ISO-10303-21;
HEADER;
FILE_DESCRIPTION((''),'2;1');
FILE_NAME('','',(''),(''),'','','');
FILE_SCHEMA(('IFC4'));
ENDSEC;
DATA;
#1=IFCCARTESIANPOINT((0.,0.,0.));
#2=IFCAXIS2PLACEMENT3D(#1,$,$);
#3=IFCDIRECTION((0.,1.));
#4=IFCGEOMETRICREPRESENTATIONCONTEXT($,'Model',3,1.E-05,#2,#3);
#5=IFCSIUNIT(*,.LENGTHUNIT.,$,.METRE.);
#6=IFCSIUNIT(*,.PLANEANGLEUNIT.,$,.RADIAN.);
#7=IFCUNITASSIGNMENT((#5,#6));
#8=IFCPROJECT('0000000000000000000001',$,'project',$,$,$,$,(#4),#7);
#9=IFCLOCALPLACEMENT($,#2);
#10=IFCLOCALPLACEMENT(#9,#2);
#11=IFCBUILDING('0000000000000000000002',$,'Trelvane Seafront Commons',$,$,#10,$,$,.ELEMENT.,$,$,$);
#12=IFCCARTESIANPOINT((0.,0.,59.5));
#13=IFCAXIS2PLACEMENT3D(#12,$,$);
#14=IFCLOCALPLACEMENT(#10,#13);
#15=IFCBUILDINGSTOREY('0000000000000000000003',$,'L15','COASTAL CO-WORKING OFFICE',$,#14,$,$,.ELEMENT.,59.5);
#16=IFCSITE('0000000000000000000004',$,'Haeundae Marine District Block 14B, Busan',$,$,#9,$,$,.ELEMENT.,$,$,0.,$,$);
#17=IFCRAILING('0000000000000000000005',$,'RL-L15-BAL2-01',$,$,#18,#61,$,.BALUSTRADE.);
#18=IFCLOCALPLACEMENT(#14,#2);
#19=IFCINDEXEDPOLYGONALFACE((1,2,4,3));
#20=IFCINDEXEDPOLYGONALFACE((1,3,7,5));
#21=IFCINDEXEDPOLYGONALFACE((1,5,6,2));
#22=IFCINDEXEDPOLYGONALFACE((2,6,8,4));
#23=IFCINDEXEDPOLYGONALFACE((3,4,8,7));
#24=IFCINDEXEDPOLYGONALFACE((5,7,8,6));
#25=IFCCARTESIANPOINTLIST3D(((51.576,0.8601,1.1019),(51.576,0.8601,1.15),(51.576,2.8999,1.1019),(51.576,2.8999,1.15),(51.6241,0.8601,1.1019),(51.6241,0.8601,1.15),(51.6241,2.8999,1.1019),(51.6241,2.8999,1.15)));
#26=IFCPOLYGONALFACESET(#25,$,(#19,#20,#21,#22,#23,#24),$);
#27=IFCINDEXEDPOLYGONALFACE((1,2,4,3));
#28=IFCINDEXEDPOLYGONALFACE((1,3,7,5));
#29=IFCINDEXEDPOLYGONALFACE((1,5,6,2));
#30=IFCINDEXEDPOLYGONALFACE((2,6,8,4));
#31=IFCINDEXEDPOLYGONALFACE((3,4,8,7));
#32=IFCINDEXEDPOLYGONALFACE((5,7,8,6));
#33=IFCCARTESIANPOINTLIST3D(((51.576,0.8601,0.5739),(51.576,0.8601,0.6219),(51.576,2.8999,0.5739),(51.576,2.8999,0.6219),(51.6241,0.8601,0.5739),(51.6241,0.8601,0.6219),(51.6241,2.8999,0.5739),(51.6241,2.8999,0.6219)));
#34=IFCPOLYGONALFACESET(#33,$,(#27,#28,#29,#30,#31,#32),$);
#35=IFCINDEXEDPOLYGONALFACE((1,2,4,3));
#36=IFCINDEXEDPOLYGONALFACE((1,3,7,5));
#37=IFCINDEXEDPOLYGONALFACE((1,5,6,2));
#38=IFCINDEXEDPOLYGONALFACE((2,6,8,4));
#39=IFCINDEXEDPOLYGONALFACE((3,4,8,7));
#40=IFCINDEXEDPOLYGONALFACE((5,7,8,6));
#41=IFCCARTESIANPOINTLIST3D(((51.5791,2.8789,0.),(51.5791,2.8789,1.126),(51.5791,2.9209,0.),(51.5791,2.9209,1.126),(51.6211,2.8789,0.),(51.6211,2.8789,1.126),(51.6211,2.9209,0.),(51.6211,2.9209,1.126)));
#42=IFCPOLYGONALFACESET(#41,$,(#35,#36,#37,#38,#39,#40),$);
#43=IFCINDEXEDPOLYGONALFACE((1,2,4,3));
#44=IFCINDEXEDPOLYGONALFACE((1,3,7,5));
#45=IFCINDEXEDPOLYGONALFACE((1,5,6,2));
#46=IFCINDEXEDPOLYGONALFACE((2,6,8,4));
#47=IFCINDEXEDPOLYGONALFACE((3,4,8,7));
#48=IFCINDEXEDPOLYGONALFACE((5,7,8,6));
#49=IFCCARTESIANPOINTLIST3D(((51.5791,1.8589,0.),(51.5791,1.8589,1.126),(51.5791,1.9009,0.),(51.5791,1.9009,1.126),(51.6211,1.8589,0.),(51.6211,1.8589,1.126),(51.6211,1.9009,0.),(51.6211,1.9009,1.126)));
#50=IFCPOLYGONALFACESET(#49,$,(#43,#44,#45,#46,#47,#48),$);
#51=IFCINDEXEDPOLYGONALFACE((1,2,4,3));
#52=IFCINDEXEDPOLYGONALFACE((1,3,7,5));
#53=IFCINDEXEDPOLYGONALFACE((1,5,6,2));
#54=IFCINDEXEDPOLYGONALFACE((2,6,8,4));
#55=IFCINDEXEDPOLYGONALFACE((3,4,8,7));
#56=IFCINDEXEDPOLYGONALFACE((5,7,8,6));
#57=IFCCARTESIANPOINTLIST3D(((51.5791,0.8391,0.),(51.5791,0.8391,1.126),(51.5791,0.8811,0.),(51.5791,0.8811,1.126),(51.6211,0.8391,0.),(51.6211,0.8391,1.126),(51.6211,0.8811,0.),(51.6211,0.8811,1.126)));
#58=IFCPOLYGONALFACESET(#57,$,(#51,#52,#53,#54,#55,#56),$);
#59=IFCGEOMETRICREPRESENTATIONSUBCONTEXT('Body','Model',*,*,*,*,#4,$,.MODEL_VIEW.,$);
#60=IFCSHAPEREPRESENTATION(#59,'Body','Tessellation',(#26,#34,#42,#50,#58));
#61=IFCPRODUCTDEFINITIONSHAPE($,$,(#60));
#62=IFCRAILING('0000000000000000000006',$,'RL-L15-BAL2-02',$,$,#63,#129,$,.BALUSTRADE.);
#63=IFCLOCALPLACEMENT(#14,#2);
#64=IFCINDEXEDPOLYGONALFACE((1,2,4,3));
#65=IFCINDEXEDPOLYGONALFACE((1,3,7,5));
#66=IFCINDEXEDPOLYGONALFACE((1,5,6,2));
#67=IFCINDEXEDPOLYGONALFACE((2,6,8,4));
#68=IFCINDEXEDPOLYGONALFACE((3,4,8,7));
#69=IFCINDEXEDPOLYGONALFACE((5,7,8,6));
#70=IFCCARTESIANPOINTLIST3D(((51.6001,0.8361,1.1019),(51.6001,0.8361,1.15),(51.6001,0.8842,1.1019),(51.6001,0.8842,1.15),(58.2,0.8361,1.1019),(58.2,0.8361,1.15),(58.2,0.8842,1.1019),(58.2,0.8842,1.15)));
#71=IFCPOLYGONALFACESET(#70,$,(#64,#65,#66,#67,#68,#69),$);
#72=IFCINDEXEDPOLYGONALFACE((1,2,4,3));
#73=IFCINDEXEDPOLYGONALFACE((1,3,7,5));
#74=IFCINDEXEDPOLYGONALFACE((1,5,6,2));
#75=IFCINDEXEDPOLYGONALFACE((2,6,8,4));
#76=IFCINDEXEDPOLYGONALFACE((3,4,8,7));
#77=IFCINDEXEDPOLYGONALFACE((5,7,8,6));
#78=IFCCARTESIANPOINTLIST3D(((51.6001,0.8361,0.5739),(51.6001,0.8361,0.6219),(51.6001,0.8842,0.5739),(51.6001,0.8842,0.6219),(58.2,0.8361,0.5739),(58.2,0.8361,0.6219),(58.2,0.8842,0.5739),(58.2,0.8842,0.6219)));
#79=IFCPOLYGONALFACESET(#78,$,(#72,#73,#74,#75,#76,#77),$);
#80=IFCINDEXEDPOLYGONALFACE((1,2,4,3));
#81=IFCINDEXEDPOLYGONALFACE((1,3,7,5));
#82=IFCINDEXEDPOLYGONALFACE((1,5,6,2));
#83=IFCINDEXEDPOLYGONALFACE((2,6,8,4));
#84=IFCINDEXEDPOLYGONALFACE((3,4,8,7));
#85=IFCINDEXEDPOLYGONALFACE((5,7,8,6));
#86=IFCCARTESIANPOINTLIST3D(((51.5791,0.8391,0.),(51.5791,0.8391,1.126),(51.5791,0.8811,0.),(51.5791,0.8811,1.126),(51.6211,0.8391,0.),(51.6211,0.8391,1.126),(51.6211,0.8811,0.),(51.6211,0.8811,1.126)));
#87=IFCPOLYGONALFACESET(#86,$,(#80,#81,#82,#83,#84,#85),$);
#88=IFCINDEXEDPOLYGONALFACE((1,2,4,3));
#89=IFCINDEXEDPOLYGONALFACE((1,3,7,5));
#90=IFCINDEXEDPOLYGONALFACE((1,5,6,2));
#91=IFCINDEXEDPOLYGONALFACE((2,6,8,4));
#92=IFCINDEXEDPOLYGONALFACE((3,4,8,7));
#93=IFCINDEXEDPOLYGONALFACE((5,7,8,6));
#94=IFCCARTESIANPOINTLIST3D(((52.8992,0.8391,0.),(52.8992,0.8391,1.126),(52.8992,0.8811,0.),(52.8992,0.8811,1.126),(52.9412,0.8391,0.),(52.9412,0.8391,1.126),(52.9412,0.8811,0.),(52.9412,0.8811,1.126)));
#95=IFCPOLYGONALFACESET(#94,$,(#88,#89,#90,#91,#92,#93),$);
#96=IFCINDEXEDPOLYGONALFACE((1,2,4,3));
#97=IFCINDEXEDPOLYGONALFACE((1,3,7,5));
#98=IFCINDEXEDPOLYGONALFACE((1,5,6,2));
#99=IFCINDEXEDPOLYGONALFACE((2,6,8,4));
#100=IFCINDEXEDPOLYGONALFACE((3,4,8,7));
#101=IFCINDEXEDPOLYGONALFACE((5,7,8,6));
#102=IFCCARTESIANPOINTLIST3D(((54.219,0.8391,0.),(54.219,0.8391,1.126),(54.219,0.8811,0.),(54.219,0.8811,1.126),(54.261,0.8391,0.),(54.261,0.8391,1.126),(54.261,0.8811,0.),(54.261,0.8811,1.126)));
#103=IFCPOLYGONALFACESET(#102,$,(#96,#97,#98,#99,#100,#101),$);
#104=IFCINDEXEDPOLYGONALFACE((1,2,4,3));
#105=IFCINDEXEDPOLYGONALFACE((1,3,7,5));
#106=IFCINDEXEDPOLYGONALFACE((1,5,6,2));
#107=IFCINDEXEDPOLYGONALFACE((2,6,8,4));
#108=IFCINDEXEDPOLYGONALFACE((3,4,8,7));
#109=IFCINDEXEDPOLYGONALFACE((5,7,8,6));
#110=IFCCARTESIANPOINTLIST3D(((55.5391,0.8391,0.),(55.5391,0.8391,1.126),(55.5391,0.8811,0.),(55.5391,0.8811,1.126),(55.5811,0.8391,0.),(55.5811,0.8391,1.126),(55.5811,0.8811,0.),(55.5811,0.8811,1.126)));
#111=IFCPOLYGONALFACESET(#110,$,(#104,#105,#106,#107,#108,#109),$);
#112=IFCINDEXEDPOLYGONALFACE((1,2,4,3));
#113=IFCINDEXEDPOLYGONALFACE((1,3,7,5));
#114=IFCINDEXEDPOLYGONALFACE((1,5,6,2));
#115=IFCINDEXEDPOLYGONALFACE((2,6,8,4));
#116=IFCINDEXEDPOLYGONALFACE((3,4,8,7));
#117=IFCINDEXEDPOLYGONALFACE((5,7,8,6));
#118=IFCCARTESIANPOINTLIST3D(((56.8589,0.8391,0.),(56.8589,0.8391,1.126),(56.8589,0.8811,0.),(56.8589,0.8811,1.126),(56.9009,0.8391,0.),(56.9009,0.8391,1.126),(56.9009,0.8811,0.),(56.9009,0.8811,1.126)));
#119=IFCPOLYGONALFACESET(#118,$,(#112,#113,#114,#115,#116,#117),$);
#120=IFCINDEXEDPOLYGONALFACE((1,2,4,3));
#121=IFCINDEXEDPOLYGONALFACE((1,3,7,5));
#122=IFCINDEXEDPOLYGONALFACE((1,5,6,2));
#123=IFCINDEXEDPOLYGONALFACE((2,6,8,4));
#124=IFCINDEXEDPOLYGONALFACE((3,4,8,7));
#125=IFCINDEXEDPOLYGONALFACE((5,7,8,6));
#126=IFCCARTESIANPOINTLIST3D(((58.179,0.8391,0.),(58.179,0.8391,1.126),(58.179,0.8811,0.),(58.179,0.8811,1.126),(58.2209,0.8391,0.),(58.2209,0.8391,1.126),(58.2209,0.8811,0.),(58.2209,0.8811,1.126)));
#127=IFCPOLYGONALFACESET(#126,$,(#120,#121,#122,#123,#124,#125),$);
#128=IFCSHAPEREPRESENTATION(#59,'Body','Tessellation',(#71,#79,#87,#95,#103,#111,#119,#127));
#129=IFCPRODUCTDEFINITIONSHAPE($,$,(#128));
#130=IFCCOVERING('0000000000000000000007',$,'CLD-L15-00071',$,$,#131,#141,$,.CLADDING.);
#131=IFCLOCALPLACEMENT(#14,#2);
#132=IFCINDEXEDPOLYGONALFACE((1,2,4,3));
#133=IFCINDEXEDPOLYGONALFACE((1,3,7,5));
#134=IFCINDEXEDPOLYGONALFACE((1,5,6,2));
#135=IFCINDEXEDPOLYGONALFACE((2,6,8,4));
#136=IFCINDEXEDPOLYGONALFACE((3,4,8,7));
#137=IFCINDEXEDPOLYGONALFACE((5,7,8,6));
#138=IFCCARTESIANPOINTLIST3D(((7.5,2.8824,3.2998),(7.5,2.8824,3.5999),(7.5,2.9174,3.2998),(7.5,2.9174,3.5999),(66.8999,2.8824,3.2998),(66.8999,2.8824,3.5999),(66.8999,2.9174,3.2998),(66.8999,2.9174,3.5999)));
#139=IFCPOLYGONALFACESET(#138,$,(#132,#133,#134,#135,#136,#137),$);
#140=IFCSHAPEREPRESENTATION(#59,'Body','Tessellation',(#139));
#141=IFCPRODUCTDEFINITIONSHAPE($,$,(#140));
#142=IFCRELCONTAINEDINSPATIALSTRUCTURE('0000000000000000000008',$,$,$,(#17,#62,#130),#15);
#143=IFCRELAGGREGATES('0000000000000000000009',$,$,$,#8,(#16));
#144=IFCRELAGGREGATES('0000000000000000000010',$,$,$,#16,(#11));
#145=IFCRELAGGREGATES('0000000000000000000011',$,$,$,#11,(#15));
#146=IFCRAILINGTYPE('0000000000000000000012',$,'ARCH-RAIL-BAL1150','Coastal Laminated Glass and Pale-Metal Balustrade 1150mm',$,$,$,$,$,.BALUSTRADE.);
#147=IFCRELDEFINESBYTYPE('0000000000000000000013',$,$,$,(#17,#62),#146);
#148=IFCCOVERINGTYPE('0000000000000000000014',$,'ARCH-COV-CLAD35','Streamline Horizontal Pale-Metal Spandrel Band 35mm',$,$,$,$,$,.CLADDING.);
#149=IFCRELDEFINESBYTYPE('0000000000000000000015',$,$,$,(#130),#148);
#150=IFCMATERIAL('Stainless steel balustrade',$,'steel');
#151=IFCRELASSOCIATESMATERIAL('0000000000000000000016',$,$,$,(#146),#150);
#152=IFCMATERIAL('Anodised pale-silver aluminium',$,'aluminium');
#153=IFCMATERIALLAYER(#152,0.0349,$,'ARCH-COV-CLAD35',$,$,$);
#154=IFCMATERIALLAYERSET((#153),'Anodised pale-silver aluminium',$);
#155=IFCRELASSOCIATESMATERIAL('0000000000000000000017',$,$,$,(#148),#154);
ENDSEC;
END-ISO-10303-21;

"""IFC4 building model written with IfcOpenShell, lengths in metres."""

from ifc_helpers import new_model, si_unit, direction, frame, origin, origin_2d, place, context, subcontext, project, spatial, rectangle, extrude, source, transform, mapped, material, layer, layer_set, type_object, element, save


model = new_model("IFC4")

# Units and contexts
model_context = context("Model", 3, precision=1e-05, world=origin(), true_north=direction((0.0, 1.0)))
body_context = subcontext(model_context, "Body", "Model", "MODEL_VIEW")
ifc_project = project(units=[si_unit("LENGTHUNIT", "METRE"), si_unit("PLANEANGLEUNIT", "RADIAN")], contexts=[model_context])

# Site, building, storey
site_placement = place(None, origin())
site = spatial("IfcSite", under=ifc_project, at=site_placement, Name="Haeundae Marine District Block 14B, Busan", CompositionType="ELEMENT", RefElevation=0.0)
building_placement = place(site_placement, origin())
building = spatial("IfcBuilding", under=site, at=building_placement, Name="Trelvane Seafront Commons", CompositionType="ELEMENT")
storey_placement = place(building_placement, frame((0.0, 0.0, 59.5)))
storey = spatial("IfcBuildingStorey", under=building, at=storey_placement, Name="L15", Description="COASTAL CO-WORKING OFFICE", CompositionType="ELEMENT", Elevation=59.5)

# Shared definitions
ifc_material_1 = material(Name="Anodised pale-silver aluminium", Category="aluminium")

# Railings
ifc_material_2 = material(Name="Stainless steel balustrade", Category="steel")
railing_type = type_object("IfcRailingType", Name="ARCH-RAIL-BAL1150", Description="Coastal Laminated Glass and Pale-Metal Balustrade 1150mm", PredefinedType="BALUSTRADE", material=ifc_material_2)
railing_1_placement = place(storey_placement, frame((51.6001, 2.8999, 0.0)))
element("IfcRailing", 1, at=railing_1_placement, inside=storey, type_object=railing_type, Name="RL-L15-BAL2-01", PredefinedType="BALUSTRADE", context=body_context, shape_type="SweptSolid", body=[
    extrude(rectangle(XDim=0.0481, YDim=0.0481, at=origin_2d()), frame((0.0, 0.0, 1.126), z_axis=(0.0, -1.0, 0.0), x_axis=(1.0, 0.0, 0.0)), (0.0, 0.0, 1.0), 2.0398),
    extrude(rectangle(XDim=0.0481, YDim=0.0481, at=origin_2d()), frame((0.0, 0.0, 0.5979), z_axis=(0.0, -1.0, 0.0), x_axis=(1.0, 0.0, 0.0)), (0.0, 0.0, 1.0), 2.0398),
    extrude(rectangle(XDim=0.042, YDim=0.042, at=origin_2d()), origin(), (0.0, 0.0, 1.0), 1.126),
    extrude(rectangle(XDim=0.042, YDim=0.042, at=origin_2d()), frame((0.0, -1.02, 0.0)), (0.0, 0.0, 1.0), 1.126),
    extrude(rectangle(XDim=0.042, YDim=0.042, at=origin_2d()), frame((0.0, -2.0398, 0.0)), (0.0, 0.0, 1.0), 1.126),
])
railing_2_placement = place(storey_placement, frame((51.6001, 0.8601, 0.0)))
element("IfcRailing", 2, at=railing_2_placement, inside=storey, type_object=railing_type, Name="RL-L15-BAL2-02", PredefinedType="BALUSTRADE", context=body_context, shape_type="SweptSolid", body=[
    extrude(rectangle(XDim=0.0481, YDim=0.0481, at=origin_2d()), frame((0.0, 0.0, 1.126), z_axis=(1.0, 0.0, 0.0), x_axis=(0.0, 1.0, 0.0)), (0.0, 0.0, 1.0), 6.5999),
    extrude(rectangle(XDim=0.0481, YDim=0.0481, at=origin_2d()), frame((0.0, 0.0, 0.5979), z_axis=(1.0, 0.0, 0.0), x_axis=(0.0, 1.0, 0.0)), (0.0, 0.0, 1.0), 6.5999),
    extrude(rectangle(XDim=0.042, YDim=0.042, at=origin_2d()), origin(), (0.0, 0.0, 1.0), 1.126),
    extrude(rectangle(XDim=0.042, YDim=0.042, at=origin_2d()), frame((1.3201, 0.0, 0.0)), (0.0, 0.0, 1.0), 1.126),
    extrude(rectangle(XDim=0.042, YDim=0.042, at=origin_2d()), frame((2.6399, 0.0, 0.0)), (0.0, 0.0, 1.0), 1.126),
    extrude(rectangle(XDim=0.042, YDim=0.042, at=origin_2d()), frame((3.96, 0.0, 0.0)), (0.0, 0.0, 1.0), 1.126),
    extrude(rectangle(XDim=0.042, YDim=0.042, at=origin_2d()), frame((5.2798, 0.0, 0.0)), (0.0, 0.0, 1.0), 1.126),
    extrude(rectangle(XDim=0.042, YDim=0.042, at=origin_2d()), frame((6.5999, 0.0, 0.0)), (0.0, 0.0, 1.0), 1.126),
])

# Covering
ifc_layer_1 = layer(ifc_material_1, 0.0349, Name="ARCH-COV-CLAD35")
ifc_layer_set_1 = layer_set([ifc_layer_1], Name="Anodised pale-silver aluminium")
covering_type = type_object("IfcCoveringType", Name="ARCH-COV-CLAD35", Description="Streamline Horizontal Pale-Metal Spandrel Band 35mm", PredefinedType="CLADDING", material=ifc_layer_set_1)
shared_shape_1 = source(origin(), body_context, "Body", "SweptSolid", [
    extrude(rectangle(XDim=59.3999, YDim=0.0349, at=origin_2d()), origin(), (0.0, 0.0, 1.0), 0.3),
])
covering_placement = place(storey_placement, frame((37.2, 2.8999, 3.2998), z_axis=(0.0, 0.0, 1.0), x_axis=(-1.0, 0.0, 0.0)))
element("IfcCovering", 3, at=covering_placement, inside=storey, type_object=covering_type, Name="CLD-L15-00071", PredefinedType="CLADDING", context=body_context, shape_type="MappedRepresentation", body=[
    mapped(shared_shape_1, transform((0.0, 0.0, 0.0), x_axis=(1.0, 0.0, 0.0), y_axis=(0.0, 1.0, 0.0), z_axis=(0.0, 0.0, 1.0), scale=1.0)),
])

save(model, "model.ifc")
